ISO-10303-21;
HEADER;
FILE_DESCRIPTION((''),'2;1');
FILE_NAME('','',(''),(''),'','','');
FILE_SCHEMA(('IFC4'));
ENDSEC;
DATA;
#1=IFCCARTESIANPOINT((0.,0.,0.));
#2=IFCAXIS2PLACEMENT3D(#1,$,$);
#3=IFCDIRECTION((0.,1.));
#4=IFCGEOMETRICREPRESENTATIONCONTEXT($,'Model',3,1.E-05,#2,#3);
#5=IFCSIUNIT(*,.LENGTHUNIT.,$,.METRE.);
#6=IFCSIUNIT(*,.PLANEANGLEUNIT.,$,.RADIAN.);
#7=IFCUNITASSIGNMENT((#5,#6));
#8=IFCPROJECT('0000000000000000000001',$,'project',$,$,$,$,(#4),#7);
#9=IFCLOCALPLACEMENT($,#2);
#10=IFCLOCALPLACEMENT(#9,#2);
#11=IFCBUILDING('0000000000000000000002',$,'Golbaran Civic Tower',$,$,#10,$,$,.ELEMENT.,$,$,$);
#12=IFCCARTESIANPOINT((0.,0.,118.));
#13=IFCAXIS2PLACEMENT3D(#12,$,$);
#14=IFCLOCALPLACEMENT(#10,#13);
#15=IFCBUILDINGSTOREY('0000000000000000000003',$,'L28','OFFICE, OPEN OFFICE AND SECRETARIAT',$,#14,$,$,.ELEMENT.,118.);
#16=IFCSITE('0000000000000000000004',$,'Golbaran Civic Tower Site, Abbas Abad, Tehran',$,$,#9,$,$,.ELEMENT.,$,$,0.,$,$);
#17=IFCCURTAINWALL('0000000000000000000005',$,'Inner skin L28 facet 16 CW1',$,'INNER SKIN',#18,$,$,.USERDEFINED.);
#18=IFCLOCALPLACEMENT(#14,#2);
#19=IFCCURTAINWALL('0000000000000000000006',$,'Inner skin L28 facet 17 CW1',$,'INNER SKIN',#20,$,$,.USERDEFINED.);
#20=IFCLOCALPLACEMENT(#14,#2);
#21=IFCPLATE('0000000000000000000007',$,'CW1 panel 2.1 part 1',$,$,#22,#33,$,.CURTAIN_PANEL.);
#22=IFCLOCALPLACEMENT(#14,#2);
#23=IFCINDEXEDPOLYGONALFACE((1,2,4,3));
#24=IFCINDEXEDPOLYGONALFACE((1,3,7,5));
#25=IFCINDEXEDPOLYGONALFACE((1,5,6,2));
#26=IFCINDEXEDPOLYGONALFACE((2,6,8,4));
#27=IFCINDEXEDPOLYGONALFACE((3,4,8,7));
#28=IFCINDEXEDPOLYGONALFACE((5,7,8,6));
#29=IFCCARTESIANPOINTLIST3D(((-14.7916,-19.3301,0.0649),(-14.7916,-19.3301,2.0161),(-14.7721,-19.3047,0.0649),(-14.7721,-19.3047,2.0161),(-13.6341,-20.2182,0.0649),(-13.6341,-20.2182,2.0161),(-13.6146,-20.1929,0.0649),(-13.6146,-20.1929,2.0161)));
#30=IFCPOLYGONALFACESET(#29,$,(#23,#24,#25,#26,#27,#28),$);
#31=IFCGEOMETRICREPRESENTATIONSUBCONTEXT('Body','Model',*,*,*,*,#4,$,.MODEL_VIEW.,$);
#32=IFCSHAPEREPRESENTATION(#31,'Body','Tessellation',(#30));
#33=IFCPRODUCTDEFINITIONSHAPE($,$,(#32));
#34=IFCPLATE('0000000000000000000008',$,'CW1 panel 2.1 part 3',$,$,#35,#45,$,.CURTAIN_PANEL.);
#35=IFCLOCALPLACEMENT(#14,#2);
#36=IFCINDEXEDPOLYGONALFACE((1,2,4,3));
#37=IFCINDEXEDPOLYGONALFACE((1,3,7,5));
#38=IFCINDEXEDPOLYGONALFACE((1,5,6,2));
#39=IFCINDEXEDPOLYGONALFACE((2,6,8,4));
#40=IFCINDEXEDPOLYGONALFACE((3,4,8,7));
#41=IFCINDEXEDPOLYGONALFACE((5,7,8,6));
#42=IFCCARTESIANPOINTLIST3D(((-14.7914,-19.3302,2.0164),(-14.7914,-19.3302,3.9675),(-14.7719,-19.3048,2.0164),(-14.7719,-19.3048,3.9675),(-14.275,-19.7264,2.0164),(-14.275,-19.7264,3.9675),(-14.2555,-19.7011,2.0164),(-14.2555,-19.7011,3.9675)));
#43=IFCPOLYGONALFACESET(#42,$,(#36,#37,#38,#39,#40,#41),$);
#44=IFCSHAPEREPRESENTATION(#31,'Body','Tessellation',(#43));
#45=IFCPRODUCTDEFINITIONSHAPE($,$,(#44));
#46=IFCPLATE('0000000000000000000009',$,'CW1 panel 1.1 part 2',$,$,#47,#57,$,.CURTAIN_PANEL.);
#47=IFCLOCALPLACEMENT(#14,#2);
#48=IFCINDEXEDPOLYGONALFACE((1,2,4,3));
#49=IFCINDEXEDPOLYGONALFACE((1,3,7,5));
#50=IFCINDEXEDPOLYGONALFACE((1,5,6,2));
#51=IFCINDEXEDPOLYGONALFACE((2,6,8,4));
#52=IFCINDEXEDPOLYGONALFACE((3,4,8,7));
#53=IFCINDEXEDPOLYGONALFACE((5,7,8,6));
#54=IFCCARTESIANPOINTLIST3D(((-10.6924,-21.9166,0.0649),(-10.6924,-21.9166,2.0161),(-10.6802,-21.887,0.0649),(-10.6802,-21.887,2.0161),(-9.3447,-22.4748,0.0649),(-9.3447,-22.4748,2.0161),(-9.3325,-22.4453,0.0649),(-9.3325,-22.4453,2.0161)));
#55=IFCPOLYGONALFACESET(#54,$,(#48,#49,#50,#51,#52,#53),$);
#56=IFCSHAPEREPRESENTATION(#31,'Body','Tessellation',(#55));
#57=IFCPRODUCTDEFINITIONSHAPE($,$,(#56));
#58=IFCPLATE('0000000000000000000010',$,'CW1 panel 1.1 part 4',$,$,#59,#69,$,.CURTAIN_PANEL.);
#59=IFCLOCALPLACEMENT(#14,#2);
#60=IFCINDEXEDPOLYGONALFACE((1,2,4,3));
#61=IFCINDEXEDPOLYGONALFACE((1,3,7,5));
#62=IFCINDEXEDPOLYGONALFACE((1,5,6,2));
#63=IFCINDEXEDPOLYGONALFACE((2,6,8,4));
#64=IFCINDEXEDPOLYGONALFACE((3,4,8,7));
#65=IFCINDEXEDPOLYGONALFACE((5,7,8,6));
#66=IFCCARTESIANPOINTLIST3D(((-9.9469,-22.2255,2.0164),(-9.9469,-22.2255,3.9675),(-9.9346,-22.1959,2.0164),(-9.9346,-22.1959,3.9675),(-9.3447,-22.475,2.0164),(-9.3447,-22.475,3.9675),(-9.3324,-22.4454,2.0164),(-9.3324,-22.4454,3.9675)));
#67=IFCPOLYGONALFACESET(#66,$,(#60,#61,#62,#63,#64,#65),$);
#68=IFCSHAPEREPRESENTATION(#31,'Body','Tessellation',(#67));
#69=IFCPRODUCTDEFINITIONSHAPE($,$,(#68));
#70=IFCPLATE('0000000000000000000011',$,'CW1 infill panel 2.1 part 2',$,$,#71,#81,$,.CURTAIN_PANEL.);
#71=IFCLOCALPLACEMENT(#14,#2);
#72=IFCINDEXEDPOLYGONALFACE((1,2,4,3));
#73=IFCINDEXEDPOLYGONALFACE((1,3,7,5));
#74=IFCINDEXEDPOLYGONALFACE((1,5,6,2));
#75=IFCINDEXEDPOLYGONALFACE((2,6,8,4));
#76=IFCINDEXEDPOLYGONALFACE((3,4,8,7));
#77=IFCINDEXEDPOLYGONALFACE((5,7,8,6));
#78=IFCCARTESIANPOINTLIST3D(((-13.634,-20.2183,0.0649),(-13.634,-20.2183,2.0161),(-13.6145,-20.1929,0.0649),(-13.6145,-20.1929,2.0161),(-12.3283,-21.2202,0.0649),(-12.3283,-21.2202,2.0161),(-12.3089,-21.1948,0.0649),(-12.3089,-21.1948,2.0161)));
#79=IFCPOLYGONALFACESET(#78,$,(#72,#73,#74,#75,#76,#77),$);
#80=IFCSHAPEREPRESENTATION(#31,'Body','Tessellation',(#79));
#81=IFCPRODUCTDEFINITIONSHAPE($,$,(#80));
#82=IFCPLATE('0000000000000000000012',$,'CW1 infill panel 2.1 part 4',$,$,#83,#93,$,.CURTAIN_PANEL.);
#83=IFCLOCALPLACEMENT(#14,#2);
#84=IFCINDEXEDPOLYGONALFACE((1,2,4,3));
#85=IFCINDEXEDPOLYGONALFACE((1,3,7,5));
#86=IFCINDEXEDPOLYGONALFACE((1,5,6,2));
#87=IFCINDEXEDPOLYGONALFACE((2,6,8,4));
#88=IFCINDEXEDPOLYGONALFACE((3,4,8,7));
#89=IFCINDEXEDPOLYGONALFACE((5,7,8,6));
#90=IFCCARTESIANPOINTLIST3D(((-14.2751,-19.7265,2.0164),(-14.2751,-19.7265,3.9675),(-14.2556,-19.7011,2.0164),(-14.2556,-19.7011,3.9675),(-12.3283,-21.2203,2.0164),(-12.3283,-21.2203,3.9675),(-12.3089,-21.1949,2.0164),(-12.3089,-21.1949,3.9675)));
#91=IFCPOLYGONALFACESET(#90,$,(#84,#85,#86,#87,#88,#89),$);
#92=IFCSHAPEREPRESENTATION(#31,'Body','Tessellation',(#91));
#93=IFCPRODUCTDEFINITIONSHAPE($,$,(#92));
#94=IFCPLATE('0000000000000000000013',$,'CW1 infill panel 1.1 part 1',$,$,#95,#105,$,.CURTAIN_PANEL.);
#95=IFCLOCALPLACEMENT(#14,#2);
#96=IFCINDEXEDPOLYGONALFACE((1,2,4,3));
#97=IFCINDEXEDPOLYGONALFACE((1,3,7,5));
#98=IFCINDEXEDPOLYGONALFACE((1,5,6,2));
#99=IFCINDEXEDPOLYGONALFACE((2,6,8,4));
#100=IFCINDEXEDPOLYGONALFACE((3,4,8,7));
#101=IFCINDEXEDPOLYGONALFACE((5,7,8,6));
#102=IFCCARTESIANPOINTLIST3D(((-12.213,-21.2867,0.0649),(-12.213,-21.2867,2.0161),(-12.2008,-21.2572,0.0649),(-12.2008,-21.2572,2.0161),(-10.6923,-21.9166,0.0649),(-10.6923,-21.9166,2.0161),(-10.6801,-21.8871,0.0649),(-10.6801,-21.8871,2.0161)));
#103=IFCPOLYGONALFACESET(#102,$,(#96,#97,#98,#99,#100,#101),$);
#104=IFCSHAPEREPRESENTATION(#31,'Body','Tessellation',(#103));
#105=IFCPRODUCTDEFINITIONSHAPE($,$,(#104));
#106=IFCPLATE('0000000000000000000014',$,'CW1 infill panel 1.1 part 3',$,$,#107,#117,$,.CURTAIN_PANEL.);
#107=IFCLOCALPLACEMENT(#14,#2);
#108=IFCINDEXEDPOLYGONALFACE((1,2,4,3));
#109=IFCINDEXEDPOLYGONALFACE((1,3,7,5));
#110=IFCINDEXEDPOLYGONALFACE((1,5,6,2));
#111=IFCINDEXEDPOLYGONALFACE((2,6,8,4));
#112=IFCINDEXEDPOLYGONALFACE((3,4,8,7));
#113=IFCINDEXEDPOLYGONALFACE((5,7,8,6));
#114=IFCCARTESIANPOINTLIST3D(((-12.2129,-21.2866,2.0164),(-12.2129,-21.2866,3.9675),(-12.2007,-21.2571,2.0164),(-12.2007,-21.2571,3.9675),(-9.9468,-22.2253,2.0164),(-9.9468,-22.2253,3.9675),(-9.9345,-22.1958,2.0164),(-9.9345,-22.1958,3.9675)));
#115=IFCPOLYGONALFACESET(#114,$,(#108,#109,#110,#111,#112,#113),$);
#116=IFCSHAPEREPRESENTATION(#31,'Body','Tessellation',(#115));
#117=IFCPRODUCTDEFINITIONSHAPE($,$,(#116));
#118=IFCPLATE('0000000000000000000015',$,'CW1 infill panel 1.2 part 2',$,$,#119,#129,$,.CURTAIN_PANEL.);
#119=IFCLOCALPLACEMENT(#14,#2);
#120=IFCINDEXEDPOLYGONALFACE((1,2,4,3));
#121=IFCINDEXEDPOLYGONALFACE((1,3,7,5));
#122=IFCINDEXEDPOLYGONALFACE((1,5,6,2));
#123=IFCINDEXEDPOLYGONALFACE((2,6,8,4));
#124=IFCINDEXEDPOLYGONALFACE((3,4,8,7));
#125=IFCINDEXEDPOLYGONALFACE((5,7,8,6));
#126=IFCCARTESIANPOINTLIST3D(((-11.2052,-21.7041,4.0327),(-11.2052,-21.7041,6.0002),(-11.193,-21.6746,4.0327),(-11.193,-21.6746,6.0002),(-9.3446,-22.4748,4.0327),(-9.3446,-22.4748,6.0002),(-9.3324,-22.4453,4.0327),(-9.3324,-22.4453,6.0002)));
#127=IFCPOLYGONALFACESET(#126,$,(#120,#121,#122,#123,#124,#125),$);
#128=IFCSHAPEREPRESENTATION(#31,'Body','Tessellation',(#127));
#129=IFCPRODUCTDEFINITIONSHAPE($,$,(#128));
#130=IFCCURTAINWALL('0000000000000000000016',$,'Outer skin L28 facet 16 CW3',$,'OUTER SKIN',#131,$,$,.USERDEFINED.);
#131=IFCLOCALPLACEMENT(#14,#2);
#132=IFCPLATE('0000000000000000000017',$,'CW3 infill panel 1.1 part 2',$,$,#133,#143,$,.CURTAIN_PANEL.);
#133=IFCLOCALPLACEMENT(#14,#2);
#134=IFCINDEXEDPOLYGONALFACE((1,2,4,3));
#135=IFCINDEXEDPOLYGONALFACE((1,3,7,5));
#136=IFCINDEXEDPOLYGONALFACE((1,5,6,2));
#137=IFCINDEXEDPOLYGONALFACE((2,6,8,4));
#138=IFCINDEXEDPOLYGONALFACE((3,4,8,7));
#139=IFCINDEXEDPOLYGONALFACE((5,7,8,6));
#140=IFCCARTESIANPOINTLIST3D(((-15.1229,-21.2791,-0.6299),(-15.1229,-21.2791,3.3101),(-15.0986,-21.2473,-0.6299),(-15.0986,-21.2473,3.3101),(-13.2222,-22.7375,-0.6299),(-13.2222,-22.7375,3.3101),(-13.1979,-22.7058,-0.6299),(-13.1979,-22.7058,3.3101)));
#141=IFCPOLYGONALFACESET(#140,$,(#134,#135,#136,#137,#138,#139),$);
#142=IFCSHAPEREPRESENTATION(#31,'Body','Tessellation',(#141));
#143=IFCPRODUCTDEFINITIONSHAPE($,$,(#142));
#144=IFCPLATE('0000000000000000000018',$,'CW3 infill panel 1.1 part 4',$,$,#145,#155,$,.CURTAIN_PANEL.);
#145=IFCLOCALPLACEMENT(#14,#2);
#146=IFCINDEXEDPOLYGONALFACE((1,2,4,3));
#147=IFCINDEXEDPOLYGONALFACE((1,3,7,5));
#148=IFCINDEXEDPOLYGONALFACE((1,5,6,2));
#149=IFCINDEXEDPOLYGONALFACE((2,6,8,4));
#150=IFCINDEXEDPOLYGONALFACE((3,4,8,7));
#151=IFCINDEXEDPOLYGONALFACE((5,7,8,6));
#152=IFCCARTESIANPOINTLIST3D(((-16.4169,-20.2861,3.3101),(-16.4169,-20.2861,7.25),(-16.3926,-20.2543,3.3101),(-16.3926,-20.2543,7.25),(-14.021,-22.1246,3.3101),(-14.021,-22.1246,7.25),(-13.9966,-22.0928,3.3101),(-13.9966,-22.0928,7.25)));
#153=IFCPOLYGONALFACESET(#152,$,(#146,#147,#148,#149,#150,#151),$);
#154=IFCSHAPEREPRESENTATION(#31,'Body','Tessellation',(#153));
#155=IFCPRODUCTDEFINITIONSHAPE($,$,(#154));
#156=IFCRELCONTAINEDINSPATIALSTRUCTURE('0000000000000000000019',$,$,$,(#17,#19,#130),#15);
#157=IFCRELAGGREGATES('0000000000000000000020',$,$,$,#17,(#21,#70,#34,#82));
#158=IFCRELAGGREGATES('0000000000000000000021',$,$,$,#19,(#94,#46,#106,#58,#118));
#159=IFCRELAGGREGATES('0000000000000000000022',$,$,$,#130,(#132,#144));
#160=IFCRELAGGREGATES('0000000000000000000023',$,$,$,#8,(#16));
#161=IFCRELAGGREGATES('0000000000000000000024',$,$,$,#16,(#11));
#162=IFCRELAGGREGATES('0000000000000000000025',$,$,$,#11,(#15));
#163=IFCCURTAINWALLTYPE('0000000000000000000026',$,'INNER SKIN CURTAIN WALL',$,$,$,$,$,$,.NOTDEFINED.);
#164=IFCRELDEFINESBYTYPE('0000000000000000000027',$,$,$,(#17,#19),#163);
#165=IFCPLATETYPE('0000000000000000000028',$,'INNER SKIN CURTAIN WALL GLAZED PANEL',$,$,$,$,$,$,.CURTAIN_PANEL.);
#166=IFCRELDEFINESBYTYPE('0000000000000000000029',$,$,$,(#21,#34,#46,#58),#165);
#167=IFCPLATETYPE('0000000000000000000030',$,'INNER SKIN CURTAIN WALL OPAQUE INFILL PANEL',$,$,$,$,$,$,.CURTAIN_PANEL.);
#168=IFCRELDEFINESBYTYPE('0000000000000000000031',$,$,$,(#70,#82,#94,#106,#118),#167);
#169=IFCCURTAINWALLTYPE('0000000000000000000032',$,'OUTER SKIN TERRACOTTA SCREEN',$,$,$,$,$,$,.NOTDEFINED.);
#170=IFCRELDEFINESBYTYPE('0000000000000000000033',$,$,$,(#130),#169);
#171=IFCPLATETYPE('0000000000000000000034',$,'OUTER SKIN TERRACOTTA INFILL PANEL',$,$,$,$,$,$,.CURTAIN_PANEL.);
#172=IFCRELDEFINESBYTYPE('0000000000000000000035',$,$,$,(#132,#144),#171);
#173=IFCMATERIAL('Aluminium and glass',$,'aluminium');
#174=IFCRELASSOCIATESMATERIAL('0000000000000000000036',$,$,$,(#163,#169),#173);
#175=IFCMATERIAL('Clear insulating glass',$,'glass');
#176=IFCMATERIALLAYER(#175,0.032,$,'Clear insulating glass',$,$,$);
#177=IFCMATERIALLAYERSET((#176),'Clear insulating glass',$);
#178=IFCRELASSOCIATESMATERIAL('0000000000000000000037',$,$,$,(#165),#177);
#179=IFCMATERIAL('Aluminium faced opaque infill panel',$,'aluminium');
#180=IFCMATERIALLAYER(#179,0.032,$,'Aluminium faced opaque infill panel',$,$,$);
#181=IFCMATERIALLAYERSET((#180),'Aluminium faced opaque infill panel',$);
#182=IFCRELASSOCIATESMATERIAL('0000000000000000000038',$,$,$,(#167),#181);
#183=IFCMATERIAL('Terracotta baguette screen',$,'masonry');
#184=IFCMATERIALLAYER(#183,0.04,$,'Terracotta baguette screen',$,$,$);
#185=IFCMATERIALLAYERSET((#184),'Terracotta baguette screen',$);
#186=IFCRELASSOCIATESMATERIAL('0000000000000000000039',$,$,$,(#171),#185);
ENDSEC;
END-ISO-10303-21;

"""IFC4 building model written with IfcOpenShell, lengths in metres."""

from ifc_helpers import new_model, si_unit, direction, frame, origin, origin_2d, place, context, subcontext, project, spatial, rectangle, extrude, material, layer, layer_set, type_object, element, aggregate, save


model = new_model("IFC4")

# Units and contexts
model_context = context("Model", 3, precision=1e-05, world=origin(), true_north=direction((0.0, 1.0)))
body_context = subcontext(model_context, "Body", "Model", "MODEL_VIEW")
ifc_project = project(units=[si_unit("LENGTHUNIT", "METRE"), si_unit("PLANEANGLEUNIT", "RADIAN")], contexts=[model_context])

# Site, building, storey
site_placement = place(None, origin())
site = spatial("IfcSite", under=ifc_project, at=site_placement, Name="Golbaran Civic Tower Site, Abbas Abad, Tehran", CompositionType="ELEMENT", RefElevation=0.0)
building_placement = place(site_placement, origin())
building = spatial("IfcBuilding", under=site, at=building_placement, Name="Golbaran Civic Tower", CompositionType="ELEMENT")
storey_placement = place(building_placement, frame((0.0, 0.0, 118.0)))
storey = spatial("IfcBuildingStorey", under=building, at=storey_placement, Name="L28", Description="OFFICE, OPEN OFFICE AND SECRETARIAT", CompositionType="ELEMENT", Elevation=118.0)

# Curtain walls
ifc_material_1 = material(Name="Aluminium and glass", Category="aluminium")
curtain_wall_type_1 = type_object("IfcCurtainWallType", Name="INNER SKIN CURTAIN WALL", PredefinedType="NOTDEFINED", material=ifc_material_1)
curtain_wall_1_placement = place(storey_placement, origin())
curtain_wall_1 = element("IfcCurtainWall", 1, at=curtain_wall_1_placement, inside=storey, type_object=curtain_wall_type_1, Name="Inner skin L28 facet 16 CW1", ObjectType="INNER SKIN", PredefinedType="USERDEFINED")
curtain_wall_2_placement = place(storey_placement, origin())
curtain_wall_2 = element("IfcCurtainWall", 2, at=curtain_wall_2_placement, inside=storey, type_object=curtain_wall_type_1, Name="Inner skin L28 facet 17 CW1", ObjectType="INNER SKIN", PredefinedType="USERDEFINED")

# Plates
ifc_material_2 = material(Name="Clear insulating glass", Category="glass")
ifc_layer_1 = layer(ifc_material_2, 0.032, Name="Clear insulating glass")
ifc_layer_set_1 = layer_set([ifc_layer_1], Name="Clear insulating glass")
plate_type_1 = type_object("IfcPlateType", Name="INNER SKIN CURTAIN WALL GLAZED PANEL", PredefinedType="CURTAIN_PANEL", material=ifc_layer_set_1)
plate_1_placement = place(storey_placement, frame((-14.2031, -19.7615, 0.0649), z_axis=(0.0, 0.0, 1.0), x_axis=(0.793353, -0.608761, 0.0)))
plate_1 = element("IfcPlate", 3, at=plate_1_placement, type_object=plate_type_1, Name="CW1 panel 2.1 part 1", PredefinedType="CURTAIN_PANEL", context=body_context, shape_type="SweptSolid", body=[
    extrude(rectangle(XDim=1.459, YDim=0.032, at=origin_2d()), origin(), (0.0, 0.0, 1.0), 1.9512),
])
plate_2_placement = place(storey_placement, frame((-14.5234, -19.5156, 2.0164), z_axis=(0.0, 0.0, 1.0), x_axis=(0.793353, -0.608761, 0.0)))
plate_2 = element("IfcPlate", 4, at=plate_2_placement, type_object=plate_type_1, Name="CW1 panel 2.1 part 3", PredefinedType="CURTAIN_PANEL", context=body_context, shape_type="SweptSolid", body=[
    extrude(rectangle(XDim=0.6509, YDim=0.032, at=origin_2d()), origin(), (0.0, 0.0, 1.0), 1.9512),
])
plate_3_placement = place(storey_placement, frame((-10.0125, -22.1809, 0.0649), z_axis=(0.0, 0.0, 1.0), x_axis=(0.92388, -0.382683, 0.0)))
plate_3 = element("IfcPlate", 5, at=plate_3_placement, type_object=plate_type_1, Name="CW1 panel 1.1 part 2", PredefinedType="CURTAIN_PANEL", context=body_context, shape_type="SweptSolid", body=[
    extrude(rectangle(XDim=1.4587, YDim=0.032, at=origin_2d()), origin(), (0.0, 0.0, 1.0), 1.9512),
])
plate_4_placement = place(storey_placement, frame((-9.6396, -22.3354, 2.0164), z_axis=(0.0, 0.0, 1.0), x_axis=(0.92388, -0.382683, 0.0)))
plate_4 = element("IfcPlate", 6, at=plate_4_placement, type_object=plate_type_1, Name="CW1 panel 1.1 part 4", PredefinedType="CURTAIN_PANEL", context=body_context, shape_type="SweptSolid", body=[
    extrude(rectangle(XDim=0.6519, YDim=0.032, at=origin_2d()), origin(), (0.0, 0.0, 1.0), 1.9512),
])
ifc_material_3 = material(Name="Aluminium faced opaque infill panel", Category="aluminium")
ifc_layer_2 = layer(ifc_material_3, 0.032, Name="Aluminium faced opaque infill panel")
ifc_layer_set_2 = layer_set([ifc_layer_2], Name="Aluminium faced opaque infill panel")
plate_type_2 = type_object("IfcPlateType", Name="INNER SKIN CURTAIN WALL OPAQUE INFILL PANEL", PredefinedType="CURTAIN_PANEL", material=ifc_layer_set_2)
plate_5_placement = place(storey_placement, frame((-12.9714, -20.7065, 0.0649), z_axis=(0.0, 0.0, 1.0), x_axis=(0.793353, -0.608761, 0.0)))
plate_5 = element("IfcPlate", 7, at=plate_5_placement, type_object=plate_type_2, Name="CW1 infill panel 2.1 part 2", PredefinedType="CURTAIN_PANEL", context=body_context, shape_type="SweptSolid", body=[
    extrude(rectangle(XDim=1.6458, YDim=0.032, at=origin_2d()), origin(), (0.0, 0.0, 1.0), 1.9512),
])
plate_6_placement = place(storey_placement, frame((-13.292, -20.4607, 2.0164), z_axis=(0.0, 0.0, 1.0), x_axis=(0.793353, -0.608761, 0.0)))
plate_6 = element("IfcPlate", 8, at=plate_6_placement, type_object=plate_type_2, Name="CW1 infill panel 2.1 part 4", PredefinedType="CURTAIN_PANEL", context=body_context, shape_type="SweptSolid", body=[
    extrude(rectangle(XDim=2.4539, YDim=0.032, at=origin_2d()), origin(), (0.0, 0.0, 1.0), 1.9512),
])
aggregate(curtain_wall_1, [plate_1, plate_5, plate_2, plate_6])
plate_7_placement = place(storey_placement, frame((-11.4465, -21.5869, 0.0649), z_axis=(0.0, 0.0, 1.0), x_axis=(0.92388, -0.382683, 0.0)))
plate_7 = element("IfcPlate", 9, at=plate_7_placement, type_object=plate_type_2, Name="CW1 infill panel 1.1 part 1", PredefinedType="CURTAIN_PANEL", context=body_context, shape_type="SweptSolid", body=[
    extrude(rectangle(XDim=1.646, YDim=0.032, at=origin_2d()), origin(), (0.0, 0.0, 1.0), 1.9512),
])
plate_8_placement = place(storey_placement, frame((-11.0737, -21.7412, 2.0164), z_axis=(0.0, 0.0, 1.0), x_axis=(0.92388, -0.382683, 0.0)))
plate_8 = element("IfcPlate", 10, at=plate_8_placement, type_object=plate_type_2, Name="CW1 infill panel 1.1 part 3", PredefinedType="CURTAIN_PANEL", context=body_context, shape_type="SweptSolid", body=[
    extrude(rectangle(XDim=2.4529, YDim=0.032, at=origin_2d()), origin(), (0.0, 0.0, 1.0), 1.9512),
])
plate_9_placement = place(storey_placement, frame((-10.2688, -22.0747, 4.0327), z_axis=(0.0, 0.0, 1.0), x_axis=(0.92388, -0.382683, 0.0)))
plate_9 = element("IfcPlate", 11, at=plate_9_placement, type_object=plate_type_2, Name="CW1 infill panel 1.2 part 2", PredefinedType="CURTAIN_PANEL", context=body_context, shape_type="SweptSolid", body=[
    extrude(rectangle(XDim=2.0139, YDim=0.032, at=origin_2d()), origin(), (0.0, 0.0, 1.0), 1.9675),
])
aggregate(curtain_wall_2, [plate_7, plate_3, plate_8, plate_4, plate_9])

# Curtain wall, plates
curtain_wall_type_2 = type_object("IfcCurtainWallType", Name="OUTER SKIN TERRACOTTA SCREEN", PredefinedType="NOTDEFINED", material=ifc_material_1)
curtain_wall_3_placement = place(storey_placement, origin())
curtain_wall_3 = element("IfcCurtainWall", 12, at=curtain_wall_3_placement, inside=storey, type_object=curtain_wall_type_2, Name="Outer skin L28 facet 16 CW3", ObjectType="OUTER SKIN", PredefinedType="USERDEFINED")
ifc_material_4 = material(Name="Terracotta baguette screen", Category="masonry")
ifc_layer_3 = layer(ifc_material_4, 0.04, Name="Terracotta baguette screen")
ifc_layer_set_3 = layer_set([ifc_layer_3], Name="Terracotta baguette screen")
plate_type_3 = type_object("IfcPlateType", Name="OUTER SKIN TERRACOTTA INFILL PANEL", PredefinedType="CURTAIN_PANEL", material=ifc_layer_set_3)
plate_10_placement = place(storey_placement, frame((-14.1604, -21.9924, -0.6299), z_axis=(0.0, 0.0, 1.0), x_axis=(0.793353, -0.608761, 0.0)))
plate_10 = element("IfcPlate", 13, at=plate_10_placement, type_object=plate_type_3, Name="CW3 infill panel 1.1 part 2", PredefinedType="CURTAIN_PANEL", context=body_context, shape_type="SweptSolid", body=[
    extrude(rectangle(XDim=2.3958, YDim=0.04, at=origin_2d()), origin(), (0.0, 0.0, 1.0), 3.9399),
])
plate_11_placement = place(storey_placement, frame((-15.2068, -21.1895, 3.3101), z_axis=(0.0, 0.0, 1.0), x_axis=(0.793353, -0.608761, 0.0)))
plate_11 = element("IfcPlate", 14, at=plate_11_placement, type_object=plate_type_3, Name="CW3 infill panel 1.1 part 4", PredefinedType="CURTAIN_PANEL", context=body_context, shape_type="SweptSolid", body=[
    extrude(rectangle(XDim=3.02, YDim=0.04, at=origin_2d()), origin(), (0.0, 0.0, 1.0), 3.9399),
])
aggregate(curtain_wall_3, [plate_10, plate_11])

save(model, "model.ifc")
